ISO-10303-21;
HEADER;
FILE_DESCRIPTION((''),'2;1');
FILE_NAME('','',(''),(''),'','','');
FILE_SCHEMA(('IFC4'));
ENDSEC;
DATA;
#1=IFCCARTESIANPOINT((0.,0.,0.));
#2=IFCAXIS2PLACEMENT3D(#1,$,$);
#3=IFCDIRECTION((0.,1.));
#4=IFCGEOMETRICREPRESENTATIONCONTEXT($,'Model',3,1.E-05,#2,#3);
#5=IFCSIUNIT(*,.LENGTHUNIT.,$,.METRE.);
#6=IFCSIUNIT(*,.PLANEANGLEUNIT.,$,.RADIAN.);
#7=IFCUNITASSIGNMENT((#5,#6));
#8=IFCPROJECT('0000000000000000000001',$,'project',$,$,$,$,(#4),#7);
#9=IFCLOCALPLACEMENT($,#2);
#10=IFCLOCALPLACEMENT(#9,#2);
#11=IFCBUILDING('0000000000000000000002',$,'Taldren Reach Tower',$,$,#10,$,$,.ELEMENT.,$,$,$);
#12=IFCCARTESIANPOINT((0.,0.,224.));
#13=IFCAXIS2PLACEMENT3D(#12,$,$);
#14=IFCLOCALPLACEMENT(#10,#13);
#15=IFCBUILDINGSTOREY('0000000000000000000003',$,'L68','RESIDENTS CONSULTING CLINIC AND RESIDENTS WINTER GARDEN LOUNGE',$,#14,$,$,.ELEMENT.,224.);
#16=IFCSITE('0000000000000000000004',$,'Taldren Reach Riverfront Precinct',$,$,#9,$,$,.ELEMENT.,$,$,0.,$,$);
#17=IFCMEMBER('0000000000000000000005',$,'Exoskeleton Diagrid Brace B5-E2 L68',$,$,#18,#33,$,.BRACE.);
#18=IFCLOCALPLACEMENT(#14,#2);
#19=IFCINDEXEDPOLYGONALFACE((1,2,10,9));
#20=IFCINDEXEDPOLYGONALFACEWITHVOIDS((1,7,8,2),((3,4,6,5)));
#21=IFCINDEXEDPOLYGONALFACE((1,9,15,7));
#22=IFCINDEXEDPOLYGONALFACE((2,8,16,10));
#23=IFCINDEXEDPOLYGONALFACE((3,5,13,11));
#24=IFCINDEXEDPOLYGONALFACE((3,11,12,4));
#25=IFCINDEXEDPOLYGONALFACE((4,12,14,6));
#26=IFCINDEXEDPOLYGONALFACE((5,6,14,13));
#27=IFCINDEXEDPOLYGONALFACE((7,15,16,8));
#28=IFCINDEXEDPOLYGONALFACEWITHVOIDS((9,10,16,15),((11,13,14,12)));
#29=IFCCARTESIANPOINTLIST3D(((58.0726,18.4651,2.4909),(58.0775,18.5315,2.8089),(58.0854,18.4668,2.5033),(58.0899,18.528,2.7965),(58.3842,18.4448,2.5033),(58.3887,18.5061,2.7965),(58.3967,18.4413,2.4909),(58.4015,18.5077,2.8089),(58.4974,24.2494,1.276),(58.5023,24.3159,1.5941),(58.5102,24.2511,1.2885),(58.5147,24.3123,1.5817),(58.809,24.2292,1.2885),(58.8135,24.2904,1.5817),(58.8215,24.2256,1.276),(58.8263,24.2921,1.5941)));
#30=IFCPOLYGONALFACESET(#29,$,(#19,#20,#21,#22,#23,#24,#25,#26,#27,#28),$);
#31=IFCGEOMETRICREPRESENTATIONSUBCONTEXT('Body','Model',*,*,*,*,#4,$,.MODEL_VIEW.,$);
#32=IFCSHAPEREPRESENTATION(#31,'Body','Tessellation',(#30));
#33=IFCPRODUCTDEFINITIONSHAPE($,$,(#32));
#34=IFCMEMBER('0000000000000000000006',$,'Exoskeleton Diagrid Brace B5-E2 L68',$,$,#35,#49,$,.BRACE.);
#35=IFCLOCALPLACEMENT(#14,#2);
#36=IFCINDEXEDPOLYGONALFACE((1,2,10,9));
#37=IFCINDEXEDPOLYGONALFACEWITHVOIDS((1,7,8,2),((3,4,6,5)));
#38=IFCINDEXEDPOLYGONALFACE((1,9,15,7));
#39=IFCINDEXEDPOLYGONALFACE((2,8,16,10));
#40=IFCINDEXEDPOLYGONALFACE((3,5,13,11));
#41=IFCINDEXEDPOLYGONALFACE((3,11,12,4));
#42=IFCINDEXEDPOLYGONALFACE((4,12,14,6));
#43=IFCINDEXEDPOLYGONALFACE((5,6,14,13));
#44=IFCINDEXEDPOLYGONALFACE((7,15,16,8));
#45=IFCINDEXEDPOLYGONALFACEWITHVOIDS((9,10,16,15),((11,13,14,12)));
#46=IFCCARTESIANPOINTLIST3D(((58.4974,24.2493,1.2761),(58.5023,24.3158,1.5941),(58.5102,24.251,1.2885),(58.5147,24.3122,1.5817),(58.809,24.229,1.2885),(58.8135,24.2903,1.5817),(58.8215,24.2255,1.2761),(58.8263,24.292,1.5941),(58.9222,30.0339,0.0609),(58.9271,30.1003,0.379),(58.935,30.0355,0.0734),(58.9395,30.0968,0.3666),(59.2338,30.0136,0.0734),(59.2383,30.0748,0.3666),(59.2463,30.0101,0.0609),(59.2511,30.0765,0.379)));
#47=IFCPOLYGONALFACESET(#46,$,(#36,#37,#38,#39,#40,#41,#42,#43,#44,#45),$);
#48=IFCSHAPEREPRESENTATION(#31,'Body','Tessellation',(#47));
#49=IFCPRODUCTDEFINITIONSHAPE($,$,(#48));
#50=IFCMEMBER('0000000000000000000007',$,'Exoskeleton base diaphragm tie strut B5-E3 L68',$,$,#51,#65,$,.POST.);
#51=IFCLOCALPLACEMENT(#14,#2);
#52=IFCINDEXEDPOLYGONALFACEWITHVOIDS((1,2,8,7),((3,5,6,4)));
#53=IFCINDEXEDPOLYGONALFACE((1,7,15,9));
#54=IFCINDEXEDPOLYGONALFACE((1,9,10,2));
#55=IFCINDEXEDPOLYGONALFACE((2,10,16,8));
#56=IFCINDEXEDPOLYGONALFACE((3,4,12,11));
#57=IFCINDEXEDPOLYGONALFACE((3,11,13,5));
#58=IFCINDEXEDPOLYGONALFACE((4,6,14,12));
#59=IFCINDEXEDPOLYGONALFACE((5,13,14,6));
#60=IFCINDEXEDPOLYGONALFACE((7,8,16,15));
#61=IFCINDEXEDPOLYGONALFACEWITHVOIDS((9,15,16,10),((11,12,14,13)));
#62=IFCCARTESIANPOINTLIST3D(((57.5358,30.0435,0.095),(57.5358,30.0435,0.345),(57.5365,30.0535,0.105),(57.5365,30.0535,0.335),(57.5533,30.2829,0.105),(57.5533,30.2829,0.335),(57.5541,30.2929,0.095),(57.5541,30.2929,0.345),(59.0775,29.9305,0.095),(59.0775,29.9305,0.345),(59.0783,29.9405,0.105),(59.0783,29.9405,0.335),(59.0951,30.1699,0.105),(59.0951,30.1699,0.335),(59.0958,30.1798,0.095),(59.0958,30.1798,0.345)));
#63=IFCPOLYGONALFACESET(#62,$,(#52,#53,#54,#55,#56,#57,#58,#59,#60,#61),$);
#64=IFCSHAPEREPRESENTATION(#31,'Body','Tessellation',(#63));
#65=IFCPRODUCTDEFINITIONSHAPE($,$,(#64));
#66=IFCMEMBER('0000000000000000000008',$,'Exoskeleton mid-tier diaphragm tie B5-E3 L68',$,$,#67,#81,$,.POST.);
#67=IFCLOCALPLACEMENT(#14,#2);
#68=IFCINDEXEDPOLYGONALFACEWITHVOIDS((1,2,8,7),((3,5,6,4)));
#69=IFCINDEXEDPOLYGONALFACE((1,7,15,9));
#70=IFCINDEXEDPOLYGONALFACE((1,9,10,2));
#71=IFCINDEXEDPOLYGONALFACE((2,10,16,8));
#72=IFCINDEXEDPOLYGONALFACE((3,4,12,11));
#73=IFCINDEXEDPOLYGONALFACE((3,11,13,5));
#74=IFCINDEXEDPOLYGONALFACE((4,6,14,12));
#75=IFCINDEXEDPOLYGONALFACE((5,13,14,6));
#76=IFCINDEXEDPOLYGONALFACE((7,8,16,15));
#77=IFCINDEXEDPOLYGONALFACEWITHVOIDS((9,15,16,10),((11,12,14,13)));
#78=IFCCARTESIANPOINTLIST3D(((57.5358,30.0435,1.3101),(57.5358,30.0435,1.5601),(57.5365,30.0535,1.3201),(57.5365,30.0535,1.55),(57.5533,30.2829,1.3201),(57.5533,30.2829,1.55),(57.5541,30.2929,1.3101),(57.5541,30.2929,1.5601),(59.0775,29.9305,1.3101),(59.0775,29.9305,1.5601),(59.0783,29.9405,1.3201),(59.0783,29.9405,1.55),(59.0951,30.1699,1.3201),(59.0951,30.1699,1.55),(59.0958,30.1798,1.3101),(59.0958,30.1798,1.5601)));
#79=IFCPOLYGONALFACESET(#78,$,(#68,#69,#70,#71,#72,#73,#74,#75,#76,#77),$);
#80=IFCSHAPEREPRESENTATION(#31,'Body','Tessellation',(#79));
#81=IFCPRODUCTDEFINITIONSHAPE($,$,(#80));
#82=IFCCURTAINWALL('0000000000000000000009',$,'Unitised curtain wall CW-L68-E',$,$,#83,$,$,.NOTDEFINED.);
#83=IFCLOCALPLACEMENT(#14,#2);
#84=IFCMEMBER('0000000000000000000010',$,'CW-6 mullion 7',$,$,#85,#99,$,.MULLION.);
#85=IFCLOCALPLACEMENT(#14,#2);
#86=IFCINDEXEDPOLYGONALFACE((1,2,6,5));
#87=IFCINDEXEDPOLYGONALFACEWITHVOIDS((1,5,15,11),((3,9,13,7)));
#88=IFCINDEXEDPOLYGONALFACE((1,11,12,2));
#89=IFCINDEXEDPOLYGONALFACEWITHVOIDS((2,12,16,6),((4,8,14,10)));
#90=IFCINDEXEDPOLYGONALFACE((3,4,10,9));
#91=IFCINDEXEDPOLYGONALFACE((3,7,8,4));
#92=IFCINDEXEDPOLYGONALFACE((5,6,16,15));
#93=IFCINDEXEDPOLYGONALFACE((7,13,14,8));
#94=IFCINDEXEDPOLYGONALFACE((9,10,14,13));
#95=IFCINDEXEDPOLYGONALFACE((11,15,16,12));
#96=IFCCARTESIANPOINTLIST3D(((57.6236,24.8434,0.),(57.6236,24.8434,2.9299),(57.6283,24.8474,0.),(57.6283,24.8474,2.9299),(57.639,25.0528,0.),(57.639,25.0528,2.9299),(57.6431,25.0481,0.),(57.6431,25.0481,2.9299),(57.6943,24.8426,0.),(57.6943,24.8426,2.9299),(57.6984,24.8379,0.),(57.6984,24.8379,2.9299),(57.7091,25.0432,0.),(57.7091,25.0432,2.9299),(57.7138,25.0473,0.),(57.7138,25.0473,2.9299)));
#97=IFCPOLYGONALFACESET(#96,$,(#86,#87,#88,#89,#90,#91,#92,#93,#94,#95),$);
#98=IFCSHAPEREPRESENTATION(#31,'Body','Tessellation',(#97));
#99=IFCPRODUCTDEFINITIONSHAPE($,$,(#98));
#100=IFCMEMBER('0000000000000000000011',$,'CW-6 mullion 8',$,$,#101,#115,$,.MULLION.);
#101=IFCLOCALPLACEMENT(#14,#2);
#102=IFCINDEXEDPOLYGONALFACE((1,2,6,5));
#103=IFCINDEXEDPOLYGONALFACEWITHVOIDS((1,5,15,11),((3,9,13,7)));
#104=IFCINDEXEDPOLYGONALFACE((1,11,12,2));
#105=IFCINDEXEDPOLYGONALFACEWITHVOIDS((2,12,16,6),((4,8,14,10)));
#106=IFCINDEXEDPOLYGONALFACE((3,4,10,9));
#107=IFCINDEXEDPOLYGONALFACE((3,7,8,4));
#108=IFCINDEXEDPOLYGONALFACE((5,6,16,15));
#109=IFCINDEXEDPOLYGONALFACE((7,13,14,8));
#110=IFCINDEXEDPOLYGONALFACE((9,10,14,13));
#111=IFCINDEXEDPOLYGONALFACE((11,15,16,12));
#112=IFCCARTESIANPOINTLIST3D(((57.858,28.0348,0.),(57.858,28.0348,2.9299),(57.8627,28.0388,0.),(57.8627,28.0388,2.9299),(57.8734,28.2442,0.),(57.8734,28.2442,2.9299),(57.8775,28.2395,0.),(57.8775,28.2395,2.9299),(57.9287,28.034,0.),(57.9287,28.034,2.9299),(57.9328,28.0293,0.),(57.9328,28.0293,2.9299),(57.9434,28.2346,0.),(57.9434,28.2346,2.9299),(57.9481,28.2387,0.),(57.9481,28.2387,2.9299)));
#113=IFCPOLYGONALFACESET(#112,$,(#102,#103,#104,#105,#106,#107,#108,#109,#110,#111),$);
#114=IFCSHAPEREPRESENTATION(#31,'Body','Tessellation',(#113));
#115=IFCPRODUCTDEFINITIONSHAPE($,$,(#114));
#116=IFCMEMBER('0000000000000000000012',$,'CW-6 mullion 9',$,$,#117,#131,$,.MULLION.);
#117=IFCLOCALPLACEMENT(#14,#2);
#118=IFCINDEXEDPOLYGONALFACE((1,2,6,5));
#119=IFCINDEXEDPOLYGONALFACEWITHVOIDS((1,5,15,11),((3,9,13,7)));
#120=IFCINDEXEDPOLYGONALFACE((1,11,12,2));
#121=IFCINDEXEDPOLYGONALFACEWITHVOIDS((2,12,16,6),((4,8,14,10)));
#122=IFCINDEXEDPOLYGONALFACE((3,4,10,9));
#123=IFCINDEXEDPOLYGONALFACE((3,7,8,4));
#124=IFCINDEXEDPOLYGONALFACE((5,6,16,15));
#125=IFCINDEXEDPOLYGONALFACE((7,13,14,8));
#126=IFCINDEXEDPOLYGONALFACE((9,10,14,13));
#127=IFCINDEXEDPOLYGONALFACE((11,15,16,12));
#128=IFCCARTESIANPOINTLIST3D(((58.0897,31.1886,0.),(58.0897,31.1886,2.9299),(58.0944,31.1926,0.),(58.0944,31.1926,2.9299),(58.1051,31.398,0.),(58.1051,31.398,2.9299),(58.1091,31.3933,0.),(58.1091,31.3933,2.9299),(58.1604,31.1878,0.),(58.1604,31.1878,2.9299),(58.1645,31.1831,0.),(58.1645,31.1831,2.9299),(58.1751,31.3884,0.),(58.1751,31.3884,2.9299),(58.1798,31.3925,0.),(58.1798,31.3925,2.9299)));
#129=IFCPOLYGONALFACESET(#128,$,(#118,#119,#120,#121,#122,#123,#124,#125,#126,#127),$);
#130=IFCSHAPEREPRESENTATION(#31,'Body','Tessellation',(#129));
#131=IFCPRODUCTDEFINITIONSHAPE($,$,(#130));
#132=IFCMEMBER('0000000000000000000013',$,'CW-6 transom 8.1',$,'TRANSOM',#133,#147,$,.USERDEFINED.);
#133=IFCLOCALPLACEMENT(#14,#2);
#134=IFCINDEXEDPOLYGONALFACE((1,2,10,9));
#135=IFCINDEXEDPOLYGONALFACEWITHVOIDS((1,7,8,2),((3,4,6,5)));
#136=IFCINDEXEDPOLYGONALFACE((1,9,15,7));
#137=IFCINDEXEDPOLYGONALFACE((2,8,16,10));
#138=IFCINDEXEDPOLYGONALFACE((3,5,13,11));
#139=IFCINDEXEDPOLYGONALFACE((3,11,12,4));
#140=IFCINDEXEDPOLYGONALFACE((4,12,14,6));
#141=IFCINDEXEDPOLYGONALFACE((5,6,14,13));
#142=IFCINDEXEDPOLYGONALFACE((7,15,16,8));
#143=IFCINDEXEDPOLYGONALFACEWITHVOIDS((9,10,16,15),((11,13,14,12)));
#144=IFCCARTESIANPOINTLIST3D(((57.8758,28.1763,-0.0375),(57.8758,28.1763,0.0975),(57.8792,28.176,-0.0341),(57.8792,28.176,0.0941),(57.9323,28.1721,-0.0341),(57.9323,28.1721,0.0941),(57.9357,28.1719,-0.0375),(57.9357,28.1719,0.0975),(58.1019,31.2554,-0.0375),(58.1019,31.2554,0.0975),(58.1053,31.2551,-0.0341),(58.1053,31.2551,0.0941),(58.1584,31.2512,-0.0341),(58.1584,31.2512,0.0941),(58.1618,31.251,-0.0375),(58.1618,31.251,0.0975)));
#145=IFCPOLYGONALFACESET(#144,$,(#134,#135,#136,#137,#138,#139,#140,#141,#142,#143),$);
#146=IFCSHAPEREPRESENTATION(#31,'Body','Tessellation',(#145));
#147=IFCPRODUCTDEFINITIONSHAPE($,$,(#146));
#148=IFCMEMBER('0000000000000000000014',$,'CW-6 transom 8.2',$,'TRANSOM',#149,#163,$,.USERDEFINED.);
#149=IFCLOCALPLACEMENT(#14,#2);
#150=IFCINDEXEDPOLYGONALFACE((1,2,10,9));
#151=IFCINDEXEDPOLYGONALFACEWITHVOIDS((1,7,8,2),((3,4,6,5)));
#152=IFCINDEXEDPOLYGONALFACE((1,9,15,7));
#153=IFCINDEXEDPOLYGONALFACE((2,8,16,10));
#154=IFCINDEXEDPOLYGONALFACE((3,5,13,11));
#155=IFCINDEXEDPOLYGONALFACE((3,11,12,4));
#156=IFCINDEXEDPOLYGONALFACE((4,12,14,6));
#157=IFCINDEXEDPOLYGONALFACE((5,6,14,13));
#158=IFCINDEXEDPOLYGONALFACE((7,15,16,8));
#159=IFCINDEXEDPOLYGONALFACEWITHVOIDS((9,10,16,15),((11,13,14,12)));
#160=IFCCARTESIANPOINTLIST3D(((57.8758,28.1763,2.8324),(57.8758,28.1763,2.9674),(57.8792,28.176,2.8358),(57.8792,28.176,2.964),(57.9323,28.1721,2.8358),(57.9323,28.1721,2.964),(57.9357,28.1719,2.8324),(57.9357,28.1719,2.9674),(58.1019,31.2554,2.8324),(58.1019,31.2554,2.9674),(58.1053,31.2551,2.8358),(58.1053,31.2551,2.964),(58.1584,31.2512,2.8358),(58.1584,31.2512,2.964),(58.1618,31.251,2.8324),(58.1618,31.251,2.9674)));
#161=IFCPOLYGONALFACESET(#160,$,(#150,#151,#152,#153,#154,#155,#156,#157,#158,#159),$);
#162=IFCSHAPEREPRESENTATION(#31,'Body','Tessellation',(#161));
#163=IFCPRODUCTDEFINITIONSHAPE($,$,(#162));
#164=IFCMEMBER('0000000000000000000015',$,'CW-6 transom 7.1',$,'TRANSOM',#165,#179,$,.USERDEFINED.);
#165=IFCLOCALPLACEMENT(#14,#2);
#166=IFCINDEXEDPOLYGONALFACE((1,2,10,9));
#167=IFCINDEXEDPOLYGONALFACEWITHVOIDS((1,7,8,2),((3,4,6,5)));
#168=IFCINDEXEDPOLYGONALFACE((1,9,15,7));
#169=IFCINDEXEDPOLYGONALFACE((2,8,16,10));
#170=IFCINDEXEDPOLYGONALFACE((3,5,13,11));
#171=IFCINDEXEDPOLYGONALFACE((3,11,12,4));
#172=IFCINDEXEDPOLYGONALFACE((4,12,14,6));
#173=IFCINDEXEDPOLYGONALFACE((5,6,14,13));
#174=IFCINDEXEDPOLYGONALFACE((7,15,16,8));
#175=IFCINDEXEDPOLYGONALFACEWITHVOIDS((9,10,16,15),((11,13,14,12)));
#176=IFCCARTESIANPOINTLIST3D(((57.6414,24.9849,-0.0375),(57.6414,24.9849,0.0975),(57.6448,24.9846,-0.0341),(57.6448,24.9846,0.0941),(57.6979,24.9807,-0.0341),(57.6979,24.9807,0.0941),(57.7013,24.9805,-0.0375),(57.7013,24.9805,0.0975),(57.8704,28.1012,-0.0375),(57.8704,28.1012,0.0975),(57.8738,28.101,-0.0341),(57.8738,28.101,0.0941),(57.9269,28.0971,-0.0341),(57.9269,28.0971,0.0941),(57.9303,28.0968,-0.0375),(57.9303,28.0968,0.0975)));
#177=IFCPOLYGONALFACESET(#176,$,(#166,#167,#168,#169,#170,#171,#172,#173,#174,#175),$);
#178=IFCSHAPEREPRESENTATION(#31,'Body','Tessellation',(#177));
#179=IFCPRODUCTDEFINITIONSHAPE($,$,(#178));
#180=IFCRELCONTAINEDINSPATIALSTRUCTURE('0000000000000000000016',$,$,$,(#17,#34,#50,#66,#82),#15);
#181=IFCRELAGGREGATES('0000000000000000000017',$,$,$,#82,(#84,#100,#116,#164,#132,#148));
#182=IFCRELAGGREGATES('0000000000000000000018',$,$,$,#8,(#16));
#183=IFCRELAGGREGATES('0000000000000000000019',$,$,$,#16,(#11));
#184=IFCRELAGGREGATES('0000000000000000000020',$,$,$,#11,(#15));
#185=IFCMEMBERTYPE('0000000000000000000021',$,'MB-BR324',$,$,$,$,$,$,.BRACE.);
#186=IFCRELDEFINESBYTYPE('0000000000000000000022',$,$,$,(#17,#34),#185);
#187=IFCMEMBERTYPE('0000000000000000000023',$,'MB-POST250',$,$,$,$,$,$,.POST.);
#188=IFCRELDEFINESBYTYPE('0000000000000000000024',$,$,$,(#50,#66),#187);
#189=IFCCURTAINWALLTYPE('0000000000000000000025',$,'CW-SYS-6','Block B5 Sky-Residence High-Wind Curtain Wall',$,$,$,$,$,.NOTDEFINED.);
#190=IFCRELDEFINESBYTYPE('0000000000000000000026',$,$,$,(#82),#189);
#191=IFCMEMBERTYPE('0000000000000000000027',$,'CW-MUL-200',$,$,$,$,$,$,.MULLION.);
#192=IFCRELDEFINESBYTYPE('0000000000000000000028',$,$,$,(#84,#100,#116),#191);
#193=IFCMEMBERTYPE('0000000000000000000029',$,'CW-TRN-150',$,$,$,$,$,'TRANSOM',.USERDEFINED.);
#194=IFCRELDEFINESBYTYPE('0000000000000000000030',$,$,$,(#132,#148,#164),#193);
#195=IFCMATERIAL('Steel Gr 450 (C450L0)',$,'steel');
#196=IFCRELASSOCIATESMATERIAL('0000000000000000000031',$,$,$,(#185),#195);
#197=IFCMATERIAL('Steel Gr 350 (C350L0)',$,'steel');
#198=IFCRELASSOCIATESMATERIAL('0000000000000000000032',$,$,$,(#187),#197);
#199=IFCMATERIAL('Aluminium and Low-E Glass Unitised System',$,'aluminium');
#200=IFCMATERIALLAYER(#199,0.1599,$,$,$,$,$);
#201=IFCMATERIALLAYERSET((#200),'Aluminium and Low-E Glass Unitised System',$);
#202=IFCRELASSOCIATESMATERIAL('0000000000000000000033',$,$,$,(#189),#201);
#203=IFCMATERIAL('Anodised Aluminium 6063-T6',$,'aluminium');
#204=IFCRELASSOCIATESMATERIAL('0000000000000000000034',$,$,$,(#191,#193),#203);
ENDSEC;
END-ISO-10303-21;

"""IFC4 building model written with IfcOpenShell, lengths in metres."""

from ifc_helpers import new_model, si_unit, direction, frame, origin, origin_2d, place, context, subcontext, project, spatial, hollow_rectangle, extrude, source, transform, mapped, material, layer, layer_set, material_profile, profile_set, type_object, element, aggregate, save


model = new_model("IFC4")

# Units and contexts
model_context = context("Model", 3, precision=1e-05, world=origin(), true_north=direction((0.0, 1.0)))
body_context = subcontext(model_context, "Body", "Model", "MODEL_VIEW")
ifc_project = project(units=[si_unit("LENGTHUNIT", "METRE"), si_unit("PLANEANGLEUNIT", "RADIAN")], contexts=[model_context])

# Site, building, storey
site_placement = place(None, origin())
site = spatial("IfcSite", under=ifc_project, at=site_placement, Name="Taldren Reach Riverfront Precinct", CompositionType="ELEMENT", RefElevation=0.0)
building_placement = place(site_placement, origin())
building = spatial("IfcBuilding", under=site, at=building_placement, Name="Taldren Reach Tower", CompositionType="ELEMENT")
storey_placement = place(building_placement, frame((0.0, 0.0, 224.0)))
storey = spatial("IfcBuildingStorey", under=building, at=storey_placement, Name="L68", Description="RESIDENTS CONSULTING CLINIC AND RESIDENTS WINTER GARDEN LOUNGE", CompositionType="ELEMENT", Elevation=224.0)

# Shared definitions
ifc_material_1 = material(Name="Steel Gr 450 (C450L0)", Category="steel")

# Members
ifc_material_profile_1 = material_profile(ifc_material_1, hollow_rectangle(XDim=0.325, YDim=0.325, WallThickness=0.0127, at=origin_2d()), Name="325x325x12.7SHS")
ifc_profile_set_1 = profile_set([ifc_material_profile_1], Name="Steel Gr 450 (C450L0)")
member_type_1 = type_object("IfcMemberType", Name="MB-BR324", PredefinedType="BRACE", material=ifc_profile_set_1)
shared_shape_1 = source(origin(), body_context, "Body", "SweptSolid", [
    extrude(hollow_rectangle(XDim=0.325, YDim=0.325, WallThickness=0.0127, at=origin_2d()), origin(), (0.0, 0.0, 1.0), 5.9258),
])
member_1_placement = place(storey_placement, frame((58.6619, 24.2708, 1.4351), z_axis=(-0.071687, -0.976132, 0.205007), x_axis=(0.997314, -0.073242, 0.0)))
element("IfcMember", 1, at=member_1_placement, inside=storey, type_object=member_type_1, Name="Exoskeleton Diagrid Brace B5-E2 L68", PredefinedType="BRACE", context=body_context, shape_type="MappedRepresentation", body=[
    mapped(shared_shape_1, transform((0.0, 0.0, 0.0), scale=1.0)),
])
shared_shape_2 = source(origin(), body_context, "Body", "SweptSolid", [
    extrude(hollow_rectangle(XDim=0.325, YDim=0.325, WallThickness=0.0127, at=origin_2d()), origin(), (0.0, 0.0, 1.0), 5.926),
])
member_2_placement = place(storey_placement, frame((59.0867, 30.0552, 0.22), z_axis=(-0.071686, -0.976123, 0.205046), x_axis=(0.997314, -0.073242, 0.0)))
element("IfcMember", 2, at=member_2_placement, inside=storey, type_object=member_type_1, Name="Exoskeleton Diagrid Brace B5-E2 L68", PredefinedType="BRACE", context=body_context, shape_type="MappedRepresentation", body=[
    mapped(shared_shape_2, transform((0.0, 0.0, 0.0), scale=1.0)),
])
ifc_material_2 = material(Name="Steel Gr 350 (C350L0)", Category="steel")
ifc_material_profile_2 = material_profile(ifc_material_2, hollow_rectangle(XDim=0.25, YDim=0.25, WallThickness=0.01, at=origin_2d()), Name="250x250x10.0SHS")
ifc_profile_set_2 = profile_set([ifc_material_profile_2], Name="Steel Gr 350 (C350L0)")
member_type_2 = type_object("IfcMemberType", Name="MB-POST250", PredefinedType="POST", material=ifc_profile_set_2)
shared_shape_3 = source(origin(), body_context, "Body", "SweptSolid", [
    extrude(hollow_rectangle(XDim=0.25, YDim=0.25, WallThickness=0.01, at=origin_2d()), origin(), (0.0, 0.0, 1.0), 1.5459),
])
for number, where, z_axis, x_axis, name in (
    (3, (57.5449, 30.1682, 0.22), (0.997323, -0.073121, 0.0), (0.073121, 0.997323, 0.0), "Exoskeleton base diaphragm tie strut B5-E3 L68"),
    (4, (57.5449, 30.1682, 1.4351), (0.997323, -0.073121, 0.0), (0.073121, 0.997323, 0.0), "Exoskeleton mid-tier diaphragm tie B5-E3 L68"),
):
    element("IfcMember", number, at=place(storey_placement, frame(where, z_axis=z_axis, x_axis=x_axis)), inside=storey, type_object=member_type_2, Name=name, PredefinedType="POST", context=body_context, shape_type="MappedRepresentation", body=[
        mapped(shared_shape_3, transform((0.0, 0.0, 0.0), scale=1.0)),
    ])

# Curtain wall, members
ifc_material_3 = material(Name="Aluminium and Low-E Glass Unitised System", Category="aluminium")
ifc_layer_1 = layer(ifc_material_3, 0.1599)
ifc_layer_set_1 = layer_set([ifc_layer_1], Name="Aluminium and Low-E Glass Unitised System")
curtain_wall_type = type_object("IfcCurtainWallType", Name="CW-SYS-6", Description="Block B5 Sky-Residence High-Wind Curtain Wall", PredefinedType="NOTDEFINED", material=ifc_layer_set_1)
curtain_wall_placement = place(storey_placement, origin())
curtain_wall = element("IfcCurtainWall", 5, at=curtain_wall_placement, inside=storey, type_object=curtain_wall_type, Name="Unitised curtain wall CW-L68-E", PredefinedType="NOTDEFINED")
ifc_material_4 = material(Name="Anodised Aluminium 6063-T6", Category="aluminium")
ifc_material_profile_3 = material_profile(ifc_material_4, hollow_rectangle(XDim=0.075, YDim=0.21, WallThickness=0.0044, at=origin_2d()), Name="ALU-210x75x4.5RHS")
ifc_profile_set_3 = profile_set([ifc_material_profile_3], Name="Anodised Aluminium 6063-T6")
member_type_3 = type_object("IfcMemberType", Name="CW-MUL-200", PredefinedType="MULLION", material=ifc_profile_set_3)
shared_shape_4 = source(origin(), body_context, "Body", "SweptSolid", [
    extrude(hollow_rectangle(XDim=0.075, YDim=0.21, WallThickness=0.0044, at=origin_2d()), origin(), (0.0, 0.0, 1.0), 2.9299),
])
member_3_placement = place(storey_placement, frame((57.6687, 24.9453, 0.0), z_axis=(0.0, 0.0, 1.0), x_axis=(-0.997314, 0.073238, 0.0)))
member_3 = element("IfcMember", 6, at=member_3_placement, type_object=member_type_3, Name="CW-6 mullion 7", PredefinedType="MULLION", context=body_context, shape_type="MappedRepresentation", body=[
    mapped(shared_shape_4, transform((0.0, 0.0, 0.0), scale=1.0)),
])
member_4_placement = place(storey_placement, frame((57.9031, 28.1367, 0.0), z_axis=(0.0, 0.0, 1.0), x_axis=(-0.997314, 0.073238, 0.0)))
member_4 = element("IfcMember", 7, at=member_4_placement, type_object=member_type_3, Name="CW-6 mullion 8", PredefinedType="MULLION", context=body_context, shape_type="MappedRepresentation", body=[
    mapped(shared_shape_4, transform((0.0, 0.0, 0.0), scale=1.0)),
])
member_5_placement = place(storey_placement, frame((58.1348, 31.2905, 0.0), z_axis=(0.0, 0.0, 1.0), x_axis=(-0.997314, 0.073238, 0.0)))
member_5 = element("IfcMember", 8, at=member_5_placement, type_object=member_type_3, Name="CW-6 mullion 9", PredefinedType="MULLION", context=body_context, shape_type="MappedRepresentation", body=[
    mapped(shared_shape_4, transform((0.0, 0.0, 0.0), scale=1.0)),
])
ifc_material_profile_4 = material_profile(ifc_material_4, hollow_rectangle(XDim=0.0601, YDim=0.135, WallThickness=0.0034, at=origin_2d()), Name="ALU-135x60x3.5RHS")
ifc_profile_set_4 = profile_set([ifc_material_profile_4], Name="Anodised Aluminium 6063-T6")
member_type_4 = type_object("IfcMemberType", Name="CW-TRN-150", ElementType="TRANSOM", PredefinedType="USERDEFINED", material=ifc_profile_set_4)
shared_shape_5 = source(origin(), body_context, "Body", "SweptSolid", [
    extrude(hollow_rectangle(XDim=0.0601, YDim=0.135, WallThickness=0.0034, at=origin_2d()), origin(), (0.0, 0.0, 1.0), 3.0874),
])
member_6_placement = place(storey_placement, frame((57.9058, 28.1741, 0.03), z_axis=(0.073225, 0.997315, 0.0), x_axis=(-0.997315, 0.073225, 0.0)))
member_6 = element("IfcMember", 9, at=member_6_placement, type_object=member_type_4, Name="CW-6 transom 8.1", ObjectType="TRANSOM", PredefinedType="USERDEFINED", context=body_context, shape_type="MappedRepresentation", body=[
    mapped(shared_shape_5, transform((0.0, 0.0, 0.0), scale=1.0)),
])
member_7_placement = place(storey_placement, frame((57.9058, 28.1741, 2.8999), z_axis=(0.073225, 0.997315, 0.0), x_axis=(-0.997315, 0.073225, 0.0)))
member_7 = element("IfcMember", 10, at=member_7_placement, type_object=member_type_4, Name="CW-6 transom 8.2", ObjectType="TRANSOM", PredefinedType="USERDEFINED", context=body_context, shape_type="MappedRepresentation", body=[
    mapped(shared_shape_5, transform((0.0, 0.0, 0.0), scale=1.0)),
])
shared_shape_6 = source(origin(), body_context, "Body", "SweptSolid", [
    extrude(hollow_rectangle(XDim=0.0601, YDim=0.135, WallThickness=0.0034, at=origin_2d()), origin(), (0.0, 0.0, 1.0), 3.1248),
])
member_8_placement = place(storey_placement, frame((57.6714, 24.9827, 0.03), z_axis=(0.073285, 0.997311, 0.0), x_axis=(-0.997311, 0.073285, 0.0)))
member_8 = element("IfcMember", 11, at=member_8_placement, type_object=member_type_4, Name="CW-6 transom 7.1", ObjectType="TRANSOM", PredefinedType="USERDEFINED", context=body_context, shape_type="MappedRepresentation", body=[
    mapped(shared_shape_6, transform((0.0, 0.0, 0.0), scale=1.0)),
])

aggregate(curtain_wall, [member_3, member_4, member_5, member_8, member_6, member_7])

save(model, "model.ifc")
